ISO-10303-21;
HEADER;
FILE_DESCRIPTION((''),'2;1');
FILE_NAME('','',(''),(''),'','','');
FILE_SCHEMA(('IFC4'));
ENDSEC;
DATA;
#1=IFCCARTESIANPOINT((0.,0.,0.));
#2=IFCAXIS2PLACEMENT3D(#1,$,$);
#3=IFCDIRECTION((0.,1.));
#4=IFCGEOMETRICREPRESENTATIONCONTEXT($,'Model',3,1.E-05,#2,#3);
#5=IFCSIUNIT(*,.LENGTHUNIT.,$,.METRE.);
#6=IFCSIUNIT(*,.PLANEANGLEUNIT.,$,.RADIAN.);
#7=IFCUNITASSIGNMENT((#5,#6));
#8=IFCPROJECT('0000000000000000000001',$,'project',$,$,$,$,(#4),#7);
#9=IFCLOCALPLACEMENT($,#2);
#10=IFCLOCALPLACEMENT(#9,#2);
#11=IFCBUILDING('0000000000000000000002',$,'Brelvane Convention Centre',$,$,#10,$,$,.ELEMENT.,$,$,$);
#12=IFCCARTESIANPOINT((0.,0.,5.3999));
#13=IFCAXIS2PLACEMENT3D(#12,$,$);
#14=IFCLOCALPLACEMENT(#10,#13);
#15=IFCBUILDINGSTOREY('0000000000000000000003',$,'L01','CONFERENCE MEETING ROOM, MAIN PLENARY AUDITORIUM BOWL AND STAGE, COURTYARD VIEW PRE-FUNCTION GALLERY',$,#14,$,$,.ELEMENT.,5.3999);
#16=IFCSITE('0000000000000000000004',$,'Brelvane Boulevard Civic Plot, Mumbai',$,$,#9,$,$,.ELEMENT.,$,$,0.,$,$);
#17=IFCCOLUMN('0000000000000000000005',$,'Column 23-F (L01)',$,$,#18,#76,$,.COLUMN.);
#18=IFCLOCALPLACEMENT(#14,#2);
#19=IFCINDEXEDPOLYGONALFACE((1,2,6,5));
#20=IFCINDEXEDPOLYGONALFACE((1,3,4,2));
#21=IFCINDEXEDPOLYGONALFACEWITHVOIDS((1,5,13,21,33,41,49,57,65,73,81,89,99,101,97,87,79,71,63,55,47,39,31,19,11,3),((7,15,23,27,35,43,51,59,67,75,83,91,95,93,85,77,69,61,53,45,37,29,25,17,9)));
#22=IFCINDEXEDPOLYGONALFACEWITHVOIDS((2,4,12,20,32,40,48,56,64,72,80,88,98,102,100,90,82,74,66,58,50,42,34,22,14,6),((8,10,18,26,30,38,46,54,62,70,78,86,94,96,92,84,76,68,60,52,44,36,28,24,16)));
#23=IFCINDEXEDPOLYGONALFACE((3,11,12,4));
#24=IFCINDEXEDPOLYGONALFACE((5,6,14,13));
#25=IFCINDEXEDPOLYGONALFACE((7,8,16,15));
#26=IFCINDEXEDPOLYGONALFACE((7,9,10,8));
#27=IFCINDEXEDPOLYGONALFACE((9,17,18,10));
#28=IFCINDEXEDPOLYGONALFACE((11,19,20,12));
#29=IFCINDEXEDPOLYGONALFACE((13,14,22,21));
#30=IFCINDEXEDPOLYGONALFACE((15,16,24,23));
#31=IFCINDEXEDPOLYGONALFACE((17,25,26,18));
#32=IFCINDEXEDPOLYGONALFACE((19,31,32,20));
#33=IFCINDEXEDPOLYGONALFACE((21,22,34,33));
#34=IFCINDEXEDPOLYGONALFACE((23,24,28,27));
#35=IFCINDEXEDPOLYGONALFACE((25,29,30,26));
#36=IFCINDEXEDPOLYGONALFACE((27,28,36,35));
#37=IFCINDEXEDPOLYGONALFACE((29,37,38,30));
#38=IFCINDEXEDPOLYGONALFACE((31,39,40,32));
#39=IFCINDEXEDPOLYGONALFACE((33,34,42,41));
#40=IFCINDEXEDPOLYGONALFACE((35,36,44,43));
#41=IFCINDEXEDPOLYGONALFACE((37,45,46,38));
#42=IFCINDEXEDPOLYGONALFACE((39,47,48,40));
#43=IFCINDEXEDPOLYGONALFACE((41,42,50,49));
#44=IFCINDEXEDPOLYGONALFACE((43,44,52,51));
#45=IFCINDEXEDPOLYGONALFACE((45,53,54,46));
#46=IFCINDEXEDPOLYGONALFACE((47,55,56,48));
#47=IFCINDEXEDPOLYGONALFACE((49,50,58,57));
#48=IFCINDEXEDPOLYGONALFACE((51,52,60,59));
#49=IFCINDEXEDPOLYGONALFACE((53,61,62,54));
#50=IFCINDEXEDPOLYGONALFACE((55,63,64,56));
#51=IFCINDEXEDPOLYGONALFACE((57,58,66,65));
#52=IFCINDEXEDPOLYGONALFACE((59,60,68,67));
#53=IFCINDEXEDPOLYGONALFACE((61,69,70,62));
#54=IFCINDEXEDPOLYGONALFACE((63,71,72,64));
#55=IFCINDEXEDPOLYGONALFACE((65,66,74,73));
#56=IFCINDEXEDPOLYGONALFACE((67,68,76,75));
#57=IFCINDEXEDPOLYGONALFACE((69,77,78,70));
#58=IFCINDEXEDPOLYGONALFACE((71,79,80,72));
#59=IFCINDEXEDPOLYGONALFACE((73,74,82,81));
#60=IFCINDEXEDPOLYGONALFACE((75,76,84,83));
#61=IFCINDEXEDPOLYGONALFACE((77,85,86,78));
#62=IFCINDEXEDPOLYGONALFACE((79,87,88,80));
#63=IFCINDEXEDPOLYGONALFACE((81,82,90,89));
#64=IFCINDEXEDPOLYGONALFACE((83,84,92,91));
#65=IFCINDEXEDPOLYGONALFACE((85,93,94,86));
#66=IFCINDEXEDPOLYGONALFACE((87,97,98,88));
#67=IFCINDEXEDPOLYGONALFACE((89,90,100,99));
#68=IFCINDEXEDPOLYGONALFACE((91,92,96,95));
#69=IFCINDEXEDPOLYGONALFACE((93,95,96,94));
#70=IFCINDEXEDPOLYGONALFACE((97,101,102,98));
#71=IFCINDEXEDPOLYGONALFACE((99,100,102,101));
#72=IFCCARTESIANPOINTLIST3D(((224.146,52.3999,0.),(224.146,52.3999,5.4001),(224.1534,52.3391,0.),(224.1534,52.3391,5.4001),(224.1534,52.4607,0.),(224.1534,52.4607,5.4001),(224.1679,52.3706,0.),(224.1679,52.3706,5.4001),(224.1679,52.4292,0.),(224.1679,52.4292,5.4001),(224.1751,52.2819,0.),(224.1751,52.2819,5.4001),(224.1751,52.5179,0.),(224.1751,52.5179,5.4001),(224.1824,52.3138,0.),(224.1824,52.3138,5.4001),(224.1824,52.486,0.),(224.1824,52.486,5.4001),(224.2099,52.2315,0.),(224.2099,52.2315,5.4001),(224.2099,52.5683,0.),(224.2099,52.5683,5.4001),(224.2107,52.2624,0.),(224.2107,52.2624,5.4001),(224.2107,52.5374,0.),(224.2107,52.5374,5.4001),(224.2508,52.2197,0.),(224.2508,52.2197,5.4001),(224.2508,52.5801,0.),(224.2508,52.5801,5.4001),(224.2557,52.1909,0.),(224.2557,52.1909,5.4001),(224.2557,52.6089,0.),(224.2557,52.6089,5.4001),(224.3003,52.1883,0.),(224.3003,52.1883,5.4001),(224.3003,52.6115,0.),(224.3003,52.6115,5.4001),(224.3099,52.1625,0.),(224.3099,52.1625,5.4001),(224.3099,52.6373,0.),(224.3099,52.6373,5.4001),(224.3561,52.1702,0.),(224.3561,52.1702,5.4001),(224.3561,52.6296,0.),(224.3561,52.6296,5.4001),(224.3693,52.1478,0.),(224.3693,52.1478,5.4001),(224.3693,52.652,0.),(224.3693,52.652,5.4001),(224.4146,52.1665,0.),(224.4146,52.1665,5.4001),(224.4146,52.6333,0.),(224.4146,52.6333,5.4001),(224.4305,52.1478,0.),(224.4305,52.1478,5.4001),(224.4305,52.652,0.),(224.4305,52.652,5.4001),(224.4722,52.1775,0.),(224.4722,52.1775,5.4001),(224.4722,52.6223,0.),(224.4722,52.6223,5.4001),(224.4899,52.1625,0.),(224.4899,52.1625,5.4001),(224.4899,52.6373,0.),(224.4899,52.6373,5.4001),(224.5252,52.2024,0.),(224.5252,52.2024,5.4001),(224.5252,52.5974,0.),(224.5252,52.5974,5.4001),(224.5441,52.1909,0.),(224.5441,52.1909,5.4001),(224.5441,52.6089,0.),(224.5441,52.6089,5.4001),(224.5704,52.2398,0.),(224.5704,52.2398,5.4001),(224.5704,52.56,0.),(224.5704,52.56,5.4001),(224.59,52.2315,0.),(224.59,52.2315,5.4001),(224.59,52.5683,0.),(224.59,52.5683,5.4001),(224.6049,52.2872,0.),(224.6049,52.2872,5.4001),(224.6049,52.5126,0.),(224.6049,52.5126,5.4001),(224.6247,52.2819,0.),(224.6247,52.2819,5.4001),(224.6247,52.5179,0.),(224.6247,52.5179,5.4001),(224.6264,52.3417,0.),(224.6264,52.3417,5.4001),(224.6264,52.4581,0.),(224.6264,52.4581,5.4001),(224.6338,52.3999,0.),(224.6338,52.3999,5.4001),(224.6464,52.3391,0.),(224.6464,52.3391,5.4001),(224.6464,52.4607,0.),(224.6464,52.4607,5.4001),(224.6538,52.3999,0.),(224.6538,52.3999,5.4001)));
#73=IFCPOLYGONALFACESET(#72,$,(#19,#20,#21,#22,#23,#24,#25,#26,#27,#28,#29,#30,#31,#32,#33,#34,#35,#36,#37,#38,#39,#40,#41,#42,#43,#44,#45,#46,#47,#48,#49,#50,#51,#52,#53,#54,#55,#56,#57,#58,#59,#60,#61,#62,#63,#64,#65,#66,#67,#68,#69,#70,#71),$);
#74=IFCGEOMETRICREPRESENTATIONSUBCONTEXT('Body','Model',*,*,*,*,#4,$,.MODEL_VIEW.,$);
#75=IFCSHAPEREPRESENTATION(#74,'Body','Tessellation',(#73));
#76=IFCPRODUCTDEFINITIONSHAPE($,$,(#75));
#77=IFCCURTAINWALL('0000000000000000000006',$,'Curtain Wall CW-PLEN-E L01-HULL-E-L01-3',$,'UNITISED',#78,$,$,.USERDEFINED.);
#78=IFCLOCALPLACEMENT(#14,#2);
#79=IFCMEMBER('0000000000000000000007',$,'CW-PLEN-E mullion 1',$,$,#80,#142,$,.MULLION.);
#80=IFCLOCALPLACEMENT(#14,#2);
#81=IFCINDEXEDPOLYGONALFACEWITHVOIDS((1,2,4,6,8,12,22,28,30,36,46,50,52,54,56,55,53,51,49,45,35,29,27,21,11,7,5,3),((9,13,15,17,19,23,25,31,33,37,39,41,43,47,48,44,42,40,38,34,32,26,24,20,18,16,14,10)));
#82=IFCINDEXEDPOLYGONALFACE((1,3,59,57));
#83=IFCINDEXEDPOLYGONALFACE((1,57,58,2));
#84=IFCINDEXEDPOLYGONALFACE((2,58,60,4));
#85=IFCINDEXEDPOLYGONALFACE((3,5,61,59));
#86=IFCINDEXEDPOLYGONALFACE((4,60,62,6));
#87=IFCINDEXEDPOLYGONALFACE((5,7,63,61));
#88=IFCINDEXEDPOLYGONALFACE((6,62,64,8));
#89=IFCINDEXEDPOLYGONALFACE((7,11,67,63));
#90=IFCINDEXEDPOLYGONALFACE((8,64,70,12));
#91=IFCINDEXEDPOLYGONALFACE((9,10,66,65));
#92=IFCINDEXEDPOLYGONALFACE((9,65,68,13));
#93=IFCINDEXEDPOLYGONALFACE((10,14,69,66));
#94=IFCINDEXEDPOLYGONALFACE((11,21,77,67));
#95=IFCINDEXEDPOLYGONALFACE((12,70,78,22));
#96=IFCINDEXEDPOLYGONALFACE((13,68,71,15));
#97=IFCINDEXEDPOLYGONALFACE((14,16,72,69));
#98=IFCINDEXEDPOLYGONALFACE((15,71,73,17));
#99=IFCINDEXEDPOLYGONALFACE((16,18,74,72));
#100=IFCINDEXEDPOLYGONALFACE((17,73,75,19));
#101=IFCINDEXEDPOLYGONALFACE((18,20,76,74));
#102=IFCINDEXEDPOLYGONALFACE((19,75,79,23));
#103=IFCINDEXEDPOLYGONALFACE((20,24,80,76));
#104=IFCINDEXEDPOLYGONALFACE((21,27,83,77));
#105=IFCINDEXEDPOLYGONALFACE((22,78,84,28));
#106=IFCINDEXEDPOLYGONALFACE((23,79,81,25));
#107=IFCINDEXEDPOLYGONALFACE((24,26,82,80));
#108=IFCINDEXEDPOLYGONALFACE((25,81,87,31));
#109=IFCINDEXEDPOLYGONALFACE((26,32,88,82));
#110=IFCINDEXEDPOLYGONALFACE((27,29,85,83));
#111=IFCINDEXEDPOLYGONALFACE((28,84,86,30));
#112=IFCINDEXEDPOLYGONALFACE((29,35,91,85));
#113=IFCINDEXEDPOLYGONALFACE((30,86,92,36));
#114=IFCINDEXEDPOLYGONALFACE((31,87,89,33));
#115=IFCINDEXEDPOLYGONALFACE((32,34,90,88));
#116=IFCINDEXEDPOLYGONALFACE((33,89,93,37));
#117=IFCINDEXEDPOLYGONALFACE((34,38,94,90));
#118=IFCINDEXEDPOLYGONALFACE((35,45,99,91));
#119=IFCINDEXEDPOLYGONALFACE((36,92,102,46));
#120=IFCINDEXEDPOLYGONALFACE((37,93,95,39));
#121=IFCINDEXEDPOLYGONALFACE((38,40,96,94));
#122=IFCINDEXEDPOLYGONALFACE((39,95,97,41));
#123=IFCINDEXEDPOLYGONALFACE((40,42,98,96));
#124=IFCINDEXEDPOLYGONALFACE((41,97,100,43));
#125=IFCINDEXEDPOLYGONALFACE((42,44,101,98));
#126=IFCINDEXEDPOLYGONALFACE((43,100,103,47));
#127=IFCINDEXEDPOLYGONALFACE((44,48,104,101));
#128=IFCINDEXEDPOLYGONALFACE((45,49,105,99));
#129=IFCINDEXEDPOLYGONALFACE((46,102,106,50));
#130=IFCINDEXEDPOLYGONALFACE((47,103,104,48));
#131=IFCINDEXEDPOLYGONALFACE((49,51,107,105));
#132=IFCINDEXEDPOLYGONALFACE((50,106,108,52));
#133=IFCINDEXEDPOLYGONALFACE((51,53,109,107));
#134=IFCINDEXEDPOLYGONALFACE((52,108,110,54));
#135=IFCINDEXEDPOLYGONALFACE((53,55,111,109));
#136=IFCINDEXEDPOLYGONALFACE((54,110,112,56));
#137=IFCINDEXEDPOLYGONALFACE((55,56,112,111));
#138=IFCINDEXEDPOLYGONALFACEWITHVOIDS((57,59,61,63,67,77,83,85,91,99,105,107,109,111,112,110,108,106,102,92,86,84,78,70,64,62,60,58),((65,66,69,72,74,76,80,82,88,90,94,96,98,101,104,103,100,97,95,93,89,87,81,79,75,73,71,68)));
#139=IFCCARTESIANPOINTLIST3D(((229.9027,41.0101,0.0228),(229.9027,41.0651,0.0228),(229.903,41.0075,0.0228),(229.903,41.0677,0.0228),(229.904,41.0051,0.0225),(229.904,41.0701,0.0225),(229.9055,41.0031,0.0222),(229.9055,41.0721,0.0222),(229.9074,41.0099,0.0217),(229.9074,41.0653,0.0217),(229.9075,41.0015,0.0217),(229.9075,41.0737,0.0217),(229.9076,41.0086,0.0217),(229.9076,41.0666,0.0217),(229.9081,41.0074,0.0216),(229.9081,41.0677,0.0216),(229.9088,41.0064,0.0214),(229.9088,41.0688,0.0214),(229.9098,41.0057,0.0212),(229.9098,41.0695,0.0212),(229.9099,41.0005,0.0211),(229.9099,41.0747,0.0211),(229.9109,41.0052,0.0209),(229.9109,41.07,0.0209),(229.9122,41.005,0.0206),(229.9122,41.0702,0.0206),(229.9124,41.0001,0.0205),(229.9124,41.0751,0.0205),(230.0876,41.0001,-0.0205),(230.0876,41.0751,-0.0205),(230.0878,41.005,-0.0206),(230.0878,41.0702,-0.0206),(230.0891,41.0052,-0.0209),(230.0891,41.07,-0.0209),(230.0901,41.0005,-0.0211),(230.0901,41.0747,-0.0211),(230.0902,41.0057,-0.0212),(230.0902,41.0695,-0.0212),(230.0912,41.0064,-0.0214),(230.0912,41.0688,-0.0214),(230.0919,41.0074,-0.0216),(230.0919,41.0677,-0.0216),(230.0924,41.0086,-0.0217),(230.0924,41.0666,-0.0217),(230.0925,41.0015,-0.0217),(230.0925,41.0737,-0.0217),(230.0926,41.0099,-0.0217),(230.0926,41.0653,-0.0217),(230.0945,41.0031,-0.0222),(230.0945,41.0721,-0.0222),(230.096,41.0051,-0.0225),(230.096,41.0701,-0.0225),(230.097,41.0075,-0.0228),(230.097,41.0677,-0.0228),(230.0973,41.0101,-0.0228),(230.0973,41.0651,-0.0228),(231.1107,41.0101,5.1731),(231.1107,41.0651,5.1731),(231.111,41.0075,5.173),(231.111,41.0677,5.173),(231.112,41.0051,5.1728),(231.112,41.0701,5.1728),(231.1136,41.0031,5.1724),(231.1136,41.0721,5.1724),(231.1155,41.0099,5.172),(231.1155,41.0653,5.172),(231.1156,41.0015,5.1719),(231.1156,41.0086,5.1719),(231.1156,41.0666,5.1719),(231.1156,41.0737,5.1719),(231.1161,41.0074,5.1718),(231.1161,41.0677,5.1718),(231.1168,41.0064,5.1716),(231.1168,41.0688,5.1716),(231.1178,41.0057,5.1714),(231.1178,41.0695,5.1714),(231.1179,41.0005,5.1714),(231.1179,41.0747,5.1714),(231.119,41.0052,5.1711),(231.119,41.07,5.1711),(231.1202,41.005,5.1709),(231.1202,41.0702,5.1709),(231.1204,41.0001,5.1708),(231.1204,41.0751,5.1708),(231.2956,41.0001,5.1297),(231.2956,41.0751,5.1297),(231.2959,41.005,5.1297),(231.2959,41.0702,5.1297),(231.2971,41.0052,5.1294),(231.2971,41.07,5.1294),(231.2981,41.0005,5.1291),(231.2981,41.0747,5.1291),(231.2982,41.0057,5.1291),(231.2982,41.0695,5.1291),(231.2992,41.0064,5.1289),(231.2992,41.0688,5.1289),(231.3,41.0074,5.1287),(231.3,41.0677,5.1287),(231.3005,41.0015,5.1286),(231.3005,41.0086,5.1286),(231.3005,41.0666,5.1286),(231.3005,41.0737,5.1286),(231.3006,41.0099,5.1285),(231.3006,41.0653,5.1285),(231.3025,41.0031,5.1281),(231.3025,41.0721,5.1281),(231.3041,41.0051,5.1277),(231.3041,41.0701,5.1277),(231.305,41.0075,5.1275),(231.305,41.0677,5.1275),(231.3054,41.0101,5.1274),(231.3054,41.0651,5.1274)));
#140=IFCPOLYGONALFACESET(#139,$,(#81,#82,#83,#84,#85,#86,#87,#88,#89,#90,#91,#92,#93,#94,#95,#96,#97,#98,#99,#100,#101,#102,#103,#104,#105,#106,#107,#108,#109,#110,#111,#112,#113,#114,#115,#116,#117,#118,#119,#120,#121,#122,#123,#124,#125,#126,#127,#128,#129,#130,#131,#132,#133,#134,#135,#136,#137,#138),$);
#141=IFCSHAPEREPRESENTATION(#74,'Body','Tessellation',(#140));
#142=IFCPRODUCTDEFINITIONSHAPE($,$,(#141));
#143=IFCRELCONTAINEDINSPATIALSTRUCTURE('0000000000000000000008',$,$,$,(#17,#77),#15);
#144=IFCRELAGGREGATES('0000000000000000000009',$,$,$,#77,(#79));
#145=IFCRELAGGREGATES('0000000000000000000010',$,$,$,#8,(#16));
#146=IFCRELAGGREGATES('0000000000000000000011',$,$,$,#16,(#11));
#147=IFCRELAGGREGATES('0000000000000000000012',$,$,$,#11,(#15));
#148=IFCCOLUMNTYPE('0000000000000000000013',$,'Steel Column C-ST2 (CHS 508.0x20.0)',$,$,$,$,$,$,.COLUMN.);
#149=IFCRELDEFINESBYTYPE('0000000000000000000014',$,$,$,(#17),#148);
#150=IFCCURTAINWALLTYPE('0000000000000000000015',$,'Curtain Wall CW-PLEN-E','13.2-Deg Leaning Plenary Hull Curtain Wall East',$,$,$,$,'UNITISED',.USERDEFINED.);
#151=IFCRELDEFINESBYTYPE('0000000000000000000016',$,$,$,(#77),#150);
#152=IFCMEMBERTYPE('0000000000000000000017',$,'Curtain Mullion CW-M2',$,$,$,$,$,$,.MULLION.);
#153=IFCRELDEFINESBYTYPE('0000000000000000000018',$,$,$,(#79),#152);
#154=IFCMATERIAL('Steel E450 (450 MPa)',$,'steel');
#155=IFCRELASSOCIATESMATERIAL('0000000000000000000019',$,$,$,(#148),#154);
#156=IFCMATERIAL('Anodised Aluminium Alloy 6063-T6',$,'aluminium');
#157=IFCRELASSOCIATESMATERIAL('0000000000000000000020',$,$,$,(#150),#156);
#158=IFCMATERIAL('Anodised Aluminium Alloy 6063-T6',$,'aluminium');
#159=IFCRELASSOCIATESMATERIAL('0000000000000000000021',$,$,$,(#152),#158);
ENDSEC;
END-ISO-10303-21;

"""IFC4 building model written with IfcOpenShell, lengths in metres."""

from ifc_helpers import new_model, si_unit, direction, frame, origin, origin_2d, place, context, subcontext, project, spatial, hollow_rectangle, hollow_circle, extrude, material, material_profile, profile_set, type_object, element, aggregate, save


model = new_model("IFC4")

# Units and contexts
model_context = context("Model", 3, precision=1e-05, world=origin(), true_north=direction((0.0, 1.0)))
body_context = subcontext(model_context, "Body", "Model", "MODEL_VIEW")
ifc_project = project(units=[si_unit("LENGTHUNIT", "METRE"), si_unit("PLANEANGLEUNIT", "RADIAN")], contexts=[model_context])

# Site, building, storey
site_placement = place(None, origin())
site = spatial("IfcSite", under=ifc_project, at=site_placement, Name="Brelvane Boulevard Civic Plot, Mumbai", CompositionType="ELEMENT", RefElevation=0.0)
building_placement = place(site_placement, origin())
building = spatial("IfcBuilding", under=site, at=building_placement, Name="Brelvane Convention Centre", CompositionType="ELEMENT")
storey_placement = place(building_placement, frame((0.0, 0.0, 5.3999)))
storey = spatial("IfcBuildingStorey", under=building, at=storey_placement, Name="L01", Description="CONFERENCE MEETING ROOM, MAIN PLENARY AUDITORIUM BOWL AND STAGE, COURTYARD VIEW PRE-FUNCTION GALLERY", CompositionType="ELEMENT", Elevation=5.3999)

# Column
ifc_material_1 = material(Name="Steel E450 (450 MPa)", Category="steel")
ifc_material_profile_1 = material_profile(ifc_material_1, hollow_circle(Radius=0.2539, WallThickness=0.02, at=origin_2d()), Name="CHS 508.0x20.0")
ifc_profile_set_1 = profile_set([ifc_material_profile_1], Name="Steel E450 (450 MPa)")
column_type = type_object("IfcColumnType", Name="Steel Column C-ST2 (CHS 508.0x20.0)", PredefinedType="COLUMN", material=ifc_profile_set_1)
column_placement = place(storey_placement, frame((224.3999, 52.3999, 0.0), z_axis=(0.0, 0.0, 1.0), x_axis=(1.0, 0.0, 0.0)))
element("IfcColumn", 1, at=column_placement, inside=storey, type_object=column_type, Name="Column 23-F (L01)", PredefinedType="COLUMN", context=body_context, shape_type="SweptSolid", body=[
    extrude(hollow_circle(Radius=0.2539, WallThickness=0.02, at=origin_2d()), origin(), (0.0, 0.0, 1.0), 5.4001),
])

# Curtain wall, member
ifc_material_2 = material(Name="Anodised Aluminium Alloy 6063-T6", Category="aluminium")
curtain_wall_type = type_object("IfcCurtainWallType", Name="Curtain Wall CW-PLEN-E", Description="13.2-Deg Leaning Plenary Hull Curtain Wall East", ElementType="UNITISED", PredefinedType="USERDEFINED", material=ifc_material_2)
curtain_wall_placement = place(storey_placement, origin())
curtain_wall = element("IfcCurtainWall", 2, at=curtain_wall_placement, inside=storey, type_object=curtain_wall_type, Name="Curtain Wall CW-PLEN-E L01-HULL-E-L01-3", ObjectType="UNITISED", PredefinedType="USERDEFINED")
ifc_material_3 = material(Name="Anodised Aluminium Alloy 6063-T6", Category="aluminium")
ifc_material_profile_2 = material_profile(ifc_material_3, hollow_rectangle(XDim=0.075, YDim=0.2, WallThickness=0.0049, InnerFilletRadius=0.0049, OuterFilletRadius=0.01, at=origin_2d()), Name="ALU-M 200x75x5.0")
ifc_profile_set_2 = profile_set([ifc_material_profile_2], Name="Anodised Aluminium Alloy 6063-T6")
member_type_1 = type_object("IfcMemberType", Name="Curtain Mullion CW-M2", PredefinedType="MULLION", material=ifc_profile_set_2)
member_1_placement = place(storey_placement, frame((230.0, 41.0376, 0.0), z_axis=(0.22836, 0.0, 0.973577), x_axis=(0.0, 1.0, 0.0)))
member_1 = element("IfcMember", 3, at=member_1_placement, type_object=member_type_1, Name="CW-PLEN-E mullion 1", PredefinedType="MULLION", context=body_context, shape_type="SweptSolid", body=[
    extrude(hollow_rectangle(XDim=0.075, YDim=0.2, WallThickness=0.0049, InnerFilletRadius=0.0049, OuterFilletRadius=0.01, at=origin_2d()), origin(), (0.0, 0.0, 1.0), 5.29),
])

aggregate(curtain_wall, [member_1])

save(model, "model.ifc")
